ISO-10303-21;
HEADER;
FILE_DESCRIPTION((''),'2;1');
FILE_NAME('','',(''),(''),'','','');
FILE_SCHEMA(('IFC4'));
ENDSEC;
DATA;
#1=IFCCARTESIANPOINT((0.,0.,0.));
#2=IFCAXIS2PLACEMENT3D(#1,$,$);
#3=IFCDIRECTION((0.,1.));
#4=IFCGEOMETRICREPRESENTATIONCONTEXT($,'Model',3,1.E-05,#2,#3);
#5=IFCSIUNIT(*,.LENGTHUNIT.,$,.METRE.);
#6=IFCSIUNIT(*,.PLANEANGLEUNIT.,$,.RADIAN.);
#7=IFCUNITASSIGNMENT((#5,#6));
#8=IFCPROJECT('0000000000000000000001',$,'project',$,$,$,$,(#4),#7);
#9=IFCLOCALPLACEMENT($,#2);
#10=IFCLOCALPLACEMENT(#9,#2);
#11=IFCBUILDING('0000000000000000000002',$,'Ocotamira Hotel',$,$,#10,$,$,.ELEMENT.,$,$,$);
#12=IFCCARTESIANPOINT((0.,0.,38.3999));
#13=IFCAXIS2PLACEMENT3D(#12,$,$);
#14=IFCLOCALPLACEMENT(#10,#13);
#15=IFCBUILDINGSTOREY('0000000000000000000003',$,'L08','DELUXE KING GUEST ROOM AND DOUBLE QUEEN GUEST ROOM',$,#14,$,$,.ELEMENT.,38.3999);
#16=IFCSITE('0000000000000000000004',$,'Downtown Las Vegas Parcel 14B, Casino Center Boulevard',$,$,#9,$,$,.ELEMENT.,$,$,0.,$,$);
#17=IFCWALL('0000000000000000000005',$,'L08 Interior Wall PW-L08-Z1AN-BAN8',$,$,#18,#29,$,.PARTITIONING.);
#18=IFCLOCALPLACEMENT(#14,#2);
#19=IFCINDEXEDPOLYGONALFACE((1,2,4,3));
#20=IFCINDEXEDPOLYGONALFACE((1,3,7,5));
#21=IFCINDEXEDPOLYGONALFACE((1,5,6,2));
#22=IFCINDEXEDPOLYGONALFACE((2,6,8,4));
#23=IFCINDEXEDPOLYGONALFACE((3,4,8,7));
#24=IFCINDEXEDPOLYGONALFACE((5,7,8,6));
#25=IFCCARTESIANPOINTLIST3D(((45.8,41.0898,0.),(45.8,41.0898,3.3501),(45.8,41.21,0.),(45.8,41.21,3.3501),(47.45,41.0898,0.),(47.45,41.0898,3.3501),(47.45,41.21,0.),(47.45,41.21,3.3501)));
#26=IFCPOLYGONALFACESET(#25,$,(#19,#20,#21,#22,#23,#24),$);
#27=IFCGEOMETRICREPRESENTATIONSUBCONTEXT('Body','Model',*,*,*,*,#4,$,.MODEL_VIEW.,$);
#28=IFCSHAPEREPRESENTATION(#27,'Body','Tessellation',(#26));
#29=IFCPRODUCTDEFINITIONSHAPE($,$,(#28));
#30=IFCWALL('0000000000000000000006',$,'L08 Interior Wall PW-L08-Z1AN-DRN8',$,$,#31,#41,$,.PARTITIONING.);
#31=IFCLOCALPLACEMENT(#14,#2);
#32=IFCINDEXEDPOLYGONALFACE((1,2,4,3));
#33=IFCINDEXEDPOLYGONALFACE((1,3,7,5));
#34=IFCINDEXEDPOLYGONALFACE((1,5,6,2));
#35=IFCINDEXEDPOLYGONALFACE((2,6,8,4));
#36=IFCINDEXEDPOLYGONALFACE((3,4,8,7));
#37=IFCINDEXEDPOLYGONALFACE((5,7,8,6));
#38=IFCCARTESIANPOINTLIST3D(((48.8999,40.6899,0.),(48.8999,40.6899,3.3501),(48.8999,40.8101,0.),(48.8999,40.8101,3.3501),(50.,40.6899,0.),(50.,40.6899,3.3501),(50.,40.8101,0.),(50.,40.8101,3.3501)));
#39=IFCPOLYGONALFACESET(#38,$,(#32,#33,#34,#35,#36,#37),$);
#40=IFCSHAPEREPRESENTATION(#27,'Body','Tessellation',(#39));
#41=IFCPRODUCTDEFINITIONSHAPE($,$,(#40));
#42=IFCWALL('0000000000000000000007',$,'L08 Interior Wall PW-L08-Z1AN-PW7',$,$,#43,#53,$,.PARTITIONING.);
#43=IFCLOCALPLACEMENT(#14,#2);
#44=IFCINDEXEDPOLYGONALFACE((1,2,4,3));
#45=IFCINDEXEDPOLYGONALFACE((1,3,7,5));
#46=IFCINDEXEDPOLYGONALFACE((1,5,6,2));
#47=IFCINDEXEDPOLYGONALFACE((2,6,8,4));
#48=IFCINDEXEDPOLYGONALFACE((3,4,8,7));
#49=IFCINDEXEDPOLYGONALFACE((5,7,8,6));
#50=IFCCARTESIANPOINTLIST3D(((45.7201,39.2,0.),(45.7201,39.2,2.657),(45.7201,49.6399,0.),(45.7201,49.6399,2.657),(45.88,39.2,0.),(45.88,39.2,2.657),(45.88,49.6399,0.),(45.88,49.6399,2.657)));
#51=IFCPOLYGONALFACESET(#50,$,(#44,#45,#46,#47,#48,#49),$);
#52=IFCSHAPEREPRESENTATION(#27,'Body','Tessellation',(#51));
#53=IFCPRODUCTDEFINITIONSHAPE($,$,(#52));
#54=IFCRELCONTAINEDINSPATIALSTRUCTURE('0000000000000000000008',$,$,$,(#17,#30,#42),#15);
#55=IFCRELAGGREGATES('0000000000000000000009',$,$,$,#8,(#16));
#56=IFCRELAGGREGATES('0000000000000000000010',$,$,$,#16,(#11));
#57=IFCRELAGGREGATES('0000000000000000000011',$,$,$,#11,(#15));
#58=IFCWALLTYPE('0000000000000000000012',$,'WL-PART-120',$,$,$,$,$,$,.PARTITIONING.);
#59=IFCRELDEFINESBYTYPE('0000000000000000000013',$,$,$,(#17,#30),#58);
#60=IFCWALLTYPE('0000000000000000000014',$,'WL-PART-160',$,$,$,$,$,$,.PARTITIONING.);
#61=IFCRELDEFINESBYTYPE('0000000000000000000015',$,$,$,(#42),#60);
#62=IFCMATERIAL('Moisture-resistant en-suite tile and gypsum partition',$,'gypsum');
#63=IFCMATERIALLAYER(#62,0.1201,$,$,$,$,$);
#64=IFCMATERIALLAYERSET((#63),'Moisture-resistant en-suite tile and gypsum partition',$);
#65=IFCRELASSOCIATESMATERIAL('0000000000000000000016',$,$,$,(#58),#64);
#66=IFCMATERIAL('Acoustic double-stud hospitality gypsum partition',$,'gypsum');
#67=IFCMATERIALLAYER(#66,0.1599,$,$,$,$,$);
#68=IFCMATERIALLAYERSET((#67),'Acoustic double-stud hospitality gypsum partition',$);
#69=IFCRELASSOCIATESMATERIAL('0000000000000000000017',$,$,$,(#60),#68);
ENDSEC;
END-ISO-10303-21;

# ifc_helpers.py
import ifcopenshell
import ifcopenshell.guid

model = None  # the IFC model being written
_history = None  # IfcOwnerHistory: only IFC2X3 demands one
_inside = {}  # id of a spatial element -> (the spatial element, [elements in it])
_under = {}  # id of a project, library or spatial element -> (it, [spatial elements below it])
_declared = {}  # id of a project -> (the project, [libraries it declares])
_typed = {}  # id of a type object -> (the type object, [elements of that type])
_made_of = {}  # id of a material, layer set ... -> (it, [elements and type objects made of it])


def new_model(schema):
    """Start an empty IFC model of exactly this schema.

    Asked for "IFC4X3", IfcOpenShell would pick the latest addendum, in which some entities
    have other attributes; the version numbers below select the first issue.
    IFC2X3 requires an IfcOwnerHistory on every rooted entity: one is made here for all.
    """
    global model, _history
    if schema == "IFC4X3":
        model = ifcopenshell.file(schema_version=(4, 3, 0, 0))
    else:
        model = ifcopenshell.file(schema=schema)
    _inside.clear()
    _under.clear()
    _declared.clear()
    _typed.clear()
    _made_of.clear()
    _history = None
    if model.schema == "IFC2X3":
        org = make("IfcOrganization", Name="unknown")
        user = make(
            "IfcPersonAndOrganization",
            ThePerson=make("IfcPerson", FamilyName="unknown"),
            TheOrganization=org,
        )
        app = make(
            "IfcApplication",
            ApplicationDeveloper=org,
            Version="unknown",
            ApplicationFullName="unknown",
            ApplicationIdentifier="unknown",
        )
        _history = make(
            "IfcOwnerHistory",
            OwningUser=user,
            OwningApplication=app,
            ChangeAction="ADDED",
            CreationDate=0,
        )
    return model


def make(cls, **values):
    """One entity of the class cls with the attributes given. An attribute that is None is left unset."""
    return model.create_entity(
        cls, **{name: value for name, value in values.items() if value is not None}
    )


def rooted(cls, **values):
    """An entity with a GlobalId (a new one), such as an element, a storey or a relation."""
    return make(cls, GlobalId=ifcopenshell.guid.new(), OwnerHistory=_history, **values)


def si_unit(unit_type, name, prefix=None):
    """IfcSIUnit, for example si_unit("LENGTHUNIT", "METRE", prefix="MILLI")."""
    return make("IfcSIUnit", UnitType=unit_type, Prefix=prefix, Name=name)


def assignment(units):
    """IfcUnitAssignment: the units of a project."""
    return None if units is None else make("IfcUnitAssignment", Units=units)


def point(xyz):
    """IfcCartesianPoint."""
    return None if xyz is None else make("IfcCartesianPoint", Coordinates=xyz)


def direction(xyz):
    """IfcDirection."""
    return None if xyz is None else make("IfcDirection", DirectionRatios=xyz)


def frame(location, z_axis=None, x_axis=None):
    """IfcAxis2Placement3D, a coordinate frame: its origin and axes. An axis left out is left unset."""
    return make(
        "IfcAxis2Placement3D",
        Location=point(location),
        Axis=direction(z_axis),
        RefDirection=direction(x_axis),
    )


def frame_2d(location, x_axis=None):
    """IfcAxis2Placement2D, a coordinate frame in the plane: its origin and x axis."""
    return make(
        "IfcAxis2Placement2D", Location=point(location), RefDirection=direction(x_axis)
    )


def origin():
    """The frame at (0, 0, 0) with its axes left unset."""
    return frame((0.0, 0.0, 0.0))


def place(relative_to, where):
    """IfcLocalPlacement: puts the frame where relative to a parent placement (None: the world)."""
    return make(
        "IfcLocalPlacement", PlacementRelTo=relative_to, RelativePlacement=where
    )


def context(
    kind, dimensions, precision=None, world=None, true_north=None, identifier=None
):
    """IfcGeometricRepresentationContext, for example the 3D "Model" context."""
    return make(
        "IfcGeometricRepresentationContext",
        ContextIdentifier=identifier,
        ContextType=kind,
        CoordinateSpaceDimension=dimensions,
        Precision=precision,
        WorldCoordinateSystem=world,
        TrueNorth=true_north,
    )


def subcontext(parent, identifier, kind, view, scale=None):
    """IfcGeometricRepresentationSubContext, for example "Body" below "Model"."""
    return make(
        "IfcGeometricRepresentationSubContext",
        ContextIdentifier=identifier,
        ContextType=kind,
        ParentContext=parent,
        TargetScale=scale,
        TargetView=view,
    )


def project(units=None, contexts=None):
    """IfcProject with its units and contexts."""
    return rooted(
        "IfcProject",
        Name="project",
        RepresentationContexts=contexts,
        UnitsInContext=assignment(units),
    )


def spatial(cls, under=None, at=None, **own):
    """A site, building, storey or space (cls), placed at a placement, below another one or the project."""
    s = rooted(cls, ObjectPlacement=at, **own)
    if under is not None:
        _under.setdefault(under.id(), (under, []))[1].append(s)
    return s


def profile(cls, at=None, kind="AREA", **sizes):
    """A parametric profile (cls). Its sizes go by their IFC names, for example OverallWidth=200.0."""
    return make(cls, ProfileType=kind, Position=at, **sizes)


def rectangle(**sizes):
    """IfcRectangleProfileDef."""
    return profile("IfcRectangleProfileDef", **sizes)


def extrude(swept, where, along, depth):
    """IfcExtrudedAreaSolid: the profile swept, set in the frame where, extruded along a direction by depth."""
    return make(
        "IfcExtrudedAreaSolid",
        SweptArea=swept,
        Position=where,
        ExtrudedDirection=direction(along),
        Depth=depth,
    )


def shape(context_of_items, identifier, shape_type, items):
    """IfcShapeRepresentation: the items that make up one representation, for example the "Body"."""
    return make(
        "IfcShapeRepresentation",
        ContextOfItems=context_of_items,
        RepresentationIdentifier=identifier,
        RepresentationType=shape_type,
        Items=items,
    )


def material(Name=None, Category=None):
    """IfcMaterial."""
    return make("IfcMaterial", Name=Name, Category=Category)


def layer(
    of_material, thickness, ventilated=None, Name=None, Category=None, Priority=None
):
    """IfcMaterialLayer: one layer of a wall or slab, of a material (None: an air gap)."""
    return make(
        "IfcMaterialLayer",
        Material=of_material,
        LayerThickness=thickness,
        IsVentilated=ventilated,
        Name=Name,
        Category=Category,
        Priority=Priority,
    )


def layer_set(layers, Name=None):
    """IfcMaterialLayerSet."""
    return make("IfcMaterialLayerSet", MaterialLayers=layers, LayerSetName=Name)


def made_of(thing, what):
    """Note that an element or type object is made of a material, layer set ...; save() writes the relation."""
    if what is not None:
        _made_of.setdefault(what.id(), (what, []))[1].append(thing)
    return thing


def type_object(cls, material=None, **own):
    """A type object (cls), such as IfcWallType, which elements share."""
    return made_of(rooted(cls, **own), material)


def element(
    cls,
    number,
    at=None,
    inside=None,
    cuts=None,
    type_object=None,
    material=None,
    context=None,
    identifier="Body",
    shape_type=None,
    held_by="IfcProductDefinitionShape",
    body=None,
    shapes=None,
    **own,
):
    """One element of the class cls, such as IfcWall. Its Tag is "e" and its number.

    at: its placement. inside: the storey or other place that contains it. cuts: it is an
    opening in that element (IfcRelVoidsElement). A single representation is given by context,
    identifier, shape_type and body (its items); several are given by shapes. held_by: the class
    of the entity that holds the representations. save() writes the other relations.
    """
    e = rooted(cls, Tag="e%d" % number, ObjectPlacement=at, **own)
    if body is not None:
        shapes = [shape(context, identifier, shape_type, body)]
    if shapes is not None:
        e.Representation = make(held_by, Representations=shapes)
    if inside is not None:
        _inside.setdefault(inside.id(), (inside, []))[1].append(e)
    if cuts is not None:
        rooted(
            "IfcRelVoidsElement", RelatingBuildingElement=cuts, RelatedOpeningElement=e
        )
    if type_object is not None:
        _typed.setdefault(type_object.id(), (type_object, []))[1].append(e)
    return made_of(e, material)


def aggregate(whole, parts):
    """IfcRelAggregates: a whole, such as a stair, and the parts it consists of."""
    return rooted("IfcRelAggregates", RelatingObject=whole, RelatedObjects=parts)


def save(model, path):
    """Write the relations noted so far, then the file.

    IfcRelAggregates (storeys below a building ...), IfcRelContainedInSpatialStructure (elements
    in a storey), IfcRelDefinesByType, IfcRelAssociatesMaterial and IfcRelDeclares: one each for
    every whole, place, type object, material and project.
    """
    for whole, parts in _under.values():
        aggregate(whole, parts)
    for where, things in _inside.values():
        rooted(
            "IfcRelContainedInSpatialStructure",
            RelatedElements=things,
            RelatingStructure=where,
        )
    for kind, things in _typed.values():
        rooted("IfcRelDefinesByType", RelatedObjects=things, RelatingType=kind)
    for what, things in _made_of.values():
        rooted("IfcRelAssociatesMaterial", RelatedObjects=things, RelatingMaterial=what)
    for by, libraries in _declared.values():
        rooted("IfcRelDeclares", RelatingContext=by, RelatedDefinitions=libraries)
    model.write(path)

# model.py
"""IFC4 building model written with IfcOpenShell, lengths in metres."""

from ifc_helpers import new_model, si_unit, direction, frame, frame_2d, origin, place, context, subcontext, project, spatial, rectangle, extrude, material, layer, layer_set, type_object, element, save


model = new_model("IFC4")

# Units and contexts
model_context = context("Model", 3, precision=1e-05, world=origin(), true_north=direction((0.0, 1.0)))
body_context = subcontext(model_context, "Body", "Model", "MODEL_VIEW")
ifc_project = project(units=[si_unit("LENGTHUNIT", "METRE"), si_unit("PLANEANGLEUNIT", "RADIAN")], contexts=[model_context])

# Site, building, storey
site_placement = place(None, origin())
site = spatial("IfcSite", under=ifc_project, at=site_placement, Name="Downtown Las Vegas Parcel 14B, Casino Center Boulevard", CompositionType="ELEMENT", RefElevation=0.0)
building_placement = place(site_placement, origin())
building = spatial("IfcBuilding", under=site, at=building_placement, Name="Ocotamira Hotel", CompositionType="ELEMENT")
storey_placement = place(building_placement, frame((0.0, 0.0, 38.3999)))
storey = spatial("IfcBuildingStorey", under=building, at=storey_placement, Name="L08", Description="DELUXE KING GUEST ROOM AND DOUBLE QUEEN GUEST ROOM", CompositionType="ELEMENT", Elevation=38.3999)

# Shared definitions
ifc_material_1 = material(Name="Moisture-resistant en-suite tile and gypsum partition", Category="gypsum")
ifc_layer_1 = layer(ifc_material_1, 0.1201)
ifc_layer_set_1 = layer_set([ifc_layer_1], Name="Moisture-resistant en-suite tile and gypsum partition")
wall_type_1 = type_object("IfcWallType", Name="WL-PART-120", PredefinedType="PARTITIONING", material=ifc_layer_set_1)

# Walls
wall_1_placement = place(storey_placement, frame((45.8, 41.1499, 0.0), z_axis=(0.0, 0.0, 1.0), x_axis=(1.0, 0.0, 0.0)))
element("IfcWall", 1, at=wall_1_placement, inside=storey, type_object=wall_type_1, Name="L08 Interior Wall PW-L08-Z1AN-BAN8", PredefinedType="PARTITIONING", context=body_context, shape_type="SweptSolid", body=[
    extrude(rectangle(XDim=1.6499, YDim=0.1201, at=frame_2d((0.825, 0.0))), origin(), (0.0, 0.0, 1.0), 3.3501),
])
wall_2_placement = place(storey_placement, frame((48.8999, 40.75, 0.0), z_axis=(0.0, 0.0, 1.0), x_axis=(1.0, 0.0, 0.0)))
element("IfcWall", 2, at=wall_2_placement, inside=storey, type_object=wall_type_1, Name="L08 Interior Wall PW-L08-Z1AN-DRN8", PredefinedType="PARTITIONING", context=body_context, shape_type="SweptSolid", body=[
    extrude(rectangle(XDim=1.1001, YDim=0.1201, at=frame_2d((0.55, 0.0))), origin(), (0.0, 0.0, 1.0), 3.3501),
])
ifc_material_2 = material(Name="Acoustic double-stud hospitality gypsum partition", Category="gypsum")
ifc_layer_2 = layer(ifc_material_2, 0.1599)
ifc_layer_set_2 = layer_set([ifc_layer_2], Name="Acoustic double-stud hospitality gypsum partition")
wall_type_2 = type_object("IfcWallType", Name="WL-PART-160", PredefinedType="PARTITIONING", material=ifc_layer_set_2)
wall_3_placement = place(storey_placement, frame((45.8, 39.2, 0.0), z_axis=(0.0, 0.0, 1.0), x_axis=(0.0, 1.0, 0.0)))
element("IfcWall", 3, at=wall_3_placement, inside=storey, type_object=wall_type_2, Name="L08 Interior Wall PW-L08-Z1AN-PW7", PredefinedType="PARTITIONING", context=body_context, shape_type="SweptSolid", body=[
    extrude(rectangle(XDim=10.4399, YDim=0.1599, at=frame_2d((5.22, 0.0))), origin(), (0.0, 0.0, 1.0), 2.657),
])

save(model, "model.ifc")
